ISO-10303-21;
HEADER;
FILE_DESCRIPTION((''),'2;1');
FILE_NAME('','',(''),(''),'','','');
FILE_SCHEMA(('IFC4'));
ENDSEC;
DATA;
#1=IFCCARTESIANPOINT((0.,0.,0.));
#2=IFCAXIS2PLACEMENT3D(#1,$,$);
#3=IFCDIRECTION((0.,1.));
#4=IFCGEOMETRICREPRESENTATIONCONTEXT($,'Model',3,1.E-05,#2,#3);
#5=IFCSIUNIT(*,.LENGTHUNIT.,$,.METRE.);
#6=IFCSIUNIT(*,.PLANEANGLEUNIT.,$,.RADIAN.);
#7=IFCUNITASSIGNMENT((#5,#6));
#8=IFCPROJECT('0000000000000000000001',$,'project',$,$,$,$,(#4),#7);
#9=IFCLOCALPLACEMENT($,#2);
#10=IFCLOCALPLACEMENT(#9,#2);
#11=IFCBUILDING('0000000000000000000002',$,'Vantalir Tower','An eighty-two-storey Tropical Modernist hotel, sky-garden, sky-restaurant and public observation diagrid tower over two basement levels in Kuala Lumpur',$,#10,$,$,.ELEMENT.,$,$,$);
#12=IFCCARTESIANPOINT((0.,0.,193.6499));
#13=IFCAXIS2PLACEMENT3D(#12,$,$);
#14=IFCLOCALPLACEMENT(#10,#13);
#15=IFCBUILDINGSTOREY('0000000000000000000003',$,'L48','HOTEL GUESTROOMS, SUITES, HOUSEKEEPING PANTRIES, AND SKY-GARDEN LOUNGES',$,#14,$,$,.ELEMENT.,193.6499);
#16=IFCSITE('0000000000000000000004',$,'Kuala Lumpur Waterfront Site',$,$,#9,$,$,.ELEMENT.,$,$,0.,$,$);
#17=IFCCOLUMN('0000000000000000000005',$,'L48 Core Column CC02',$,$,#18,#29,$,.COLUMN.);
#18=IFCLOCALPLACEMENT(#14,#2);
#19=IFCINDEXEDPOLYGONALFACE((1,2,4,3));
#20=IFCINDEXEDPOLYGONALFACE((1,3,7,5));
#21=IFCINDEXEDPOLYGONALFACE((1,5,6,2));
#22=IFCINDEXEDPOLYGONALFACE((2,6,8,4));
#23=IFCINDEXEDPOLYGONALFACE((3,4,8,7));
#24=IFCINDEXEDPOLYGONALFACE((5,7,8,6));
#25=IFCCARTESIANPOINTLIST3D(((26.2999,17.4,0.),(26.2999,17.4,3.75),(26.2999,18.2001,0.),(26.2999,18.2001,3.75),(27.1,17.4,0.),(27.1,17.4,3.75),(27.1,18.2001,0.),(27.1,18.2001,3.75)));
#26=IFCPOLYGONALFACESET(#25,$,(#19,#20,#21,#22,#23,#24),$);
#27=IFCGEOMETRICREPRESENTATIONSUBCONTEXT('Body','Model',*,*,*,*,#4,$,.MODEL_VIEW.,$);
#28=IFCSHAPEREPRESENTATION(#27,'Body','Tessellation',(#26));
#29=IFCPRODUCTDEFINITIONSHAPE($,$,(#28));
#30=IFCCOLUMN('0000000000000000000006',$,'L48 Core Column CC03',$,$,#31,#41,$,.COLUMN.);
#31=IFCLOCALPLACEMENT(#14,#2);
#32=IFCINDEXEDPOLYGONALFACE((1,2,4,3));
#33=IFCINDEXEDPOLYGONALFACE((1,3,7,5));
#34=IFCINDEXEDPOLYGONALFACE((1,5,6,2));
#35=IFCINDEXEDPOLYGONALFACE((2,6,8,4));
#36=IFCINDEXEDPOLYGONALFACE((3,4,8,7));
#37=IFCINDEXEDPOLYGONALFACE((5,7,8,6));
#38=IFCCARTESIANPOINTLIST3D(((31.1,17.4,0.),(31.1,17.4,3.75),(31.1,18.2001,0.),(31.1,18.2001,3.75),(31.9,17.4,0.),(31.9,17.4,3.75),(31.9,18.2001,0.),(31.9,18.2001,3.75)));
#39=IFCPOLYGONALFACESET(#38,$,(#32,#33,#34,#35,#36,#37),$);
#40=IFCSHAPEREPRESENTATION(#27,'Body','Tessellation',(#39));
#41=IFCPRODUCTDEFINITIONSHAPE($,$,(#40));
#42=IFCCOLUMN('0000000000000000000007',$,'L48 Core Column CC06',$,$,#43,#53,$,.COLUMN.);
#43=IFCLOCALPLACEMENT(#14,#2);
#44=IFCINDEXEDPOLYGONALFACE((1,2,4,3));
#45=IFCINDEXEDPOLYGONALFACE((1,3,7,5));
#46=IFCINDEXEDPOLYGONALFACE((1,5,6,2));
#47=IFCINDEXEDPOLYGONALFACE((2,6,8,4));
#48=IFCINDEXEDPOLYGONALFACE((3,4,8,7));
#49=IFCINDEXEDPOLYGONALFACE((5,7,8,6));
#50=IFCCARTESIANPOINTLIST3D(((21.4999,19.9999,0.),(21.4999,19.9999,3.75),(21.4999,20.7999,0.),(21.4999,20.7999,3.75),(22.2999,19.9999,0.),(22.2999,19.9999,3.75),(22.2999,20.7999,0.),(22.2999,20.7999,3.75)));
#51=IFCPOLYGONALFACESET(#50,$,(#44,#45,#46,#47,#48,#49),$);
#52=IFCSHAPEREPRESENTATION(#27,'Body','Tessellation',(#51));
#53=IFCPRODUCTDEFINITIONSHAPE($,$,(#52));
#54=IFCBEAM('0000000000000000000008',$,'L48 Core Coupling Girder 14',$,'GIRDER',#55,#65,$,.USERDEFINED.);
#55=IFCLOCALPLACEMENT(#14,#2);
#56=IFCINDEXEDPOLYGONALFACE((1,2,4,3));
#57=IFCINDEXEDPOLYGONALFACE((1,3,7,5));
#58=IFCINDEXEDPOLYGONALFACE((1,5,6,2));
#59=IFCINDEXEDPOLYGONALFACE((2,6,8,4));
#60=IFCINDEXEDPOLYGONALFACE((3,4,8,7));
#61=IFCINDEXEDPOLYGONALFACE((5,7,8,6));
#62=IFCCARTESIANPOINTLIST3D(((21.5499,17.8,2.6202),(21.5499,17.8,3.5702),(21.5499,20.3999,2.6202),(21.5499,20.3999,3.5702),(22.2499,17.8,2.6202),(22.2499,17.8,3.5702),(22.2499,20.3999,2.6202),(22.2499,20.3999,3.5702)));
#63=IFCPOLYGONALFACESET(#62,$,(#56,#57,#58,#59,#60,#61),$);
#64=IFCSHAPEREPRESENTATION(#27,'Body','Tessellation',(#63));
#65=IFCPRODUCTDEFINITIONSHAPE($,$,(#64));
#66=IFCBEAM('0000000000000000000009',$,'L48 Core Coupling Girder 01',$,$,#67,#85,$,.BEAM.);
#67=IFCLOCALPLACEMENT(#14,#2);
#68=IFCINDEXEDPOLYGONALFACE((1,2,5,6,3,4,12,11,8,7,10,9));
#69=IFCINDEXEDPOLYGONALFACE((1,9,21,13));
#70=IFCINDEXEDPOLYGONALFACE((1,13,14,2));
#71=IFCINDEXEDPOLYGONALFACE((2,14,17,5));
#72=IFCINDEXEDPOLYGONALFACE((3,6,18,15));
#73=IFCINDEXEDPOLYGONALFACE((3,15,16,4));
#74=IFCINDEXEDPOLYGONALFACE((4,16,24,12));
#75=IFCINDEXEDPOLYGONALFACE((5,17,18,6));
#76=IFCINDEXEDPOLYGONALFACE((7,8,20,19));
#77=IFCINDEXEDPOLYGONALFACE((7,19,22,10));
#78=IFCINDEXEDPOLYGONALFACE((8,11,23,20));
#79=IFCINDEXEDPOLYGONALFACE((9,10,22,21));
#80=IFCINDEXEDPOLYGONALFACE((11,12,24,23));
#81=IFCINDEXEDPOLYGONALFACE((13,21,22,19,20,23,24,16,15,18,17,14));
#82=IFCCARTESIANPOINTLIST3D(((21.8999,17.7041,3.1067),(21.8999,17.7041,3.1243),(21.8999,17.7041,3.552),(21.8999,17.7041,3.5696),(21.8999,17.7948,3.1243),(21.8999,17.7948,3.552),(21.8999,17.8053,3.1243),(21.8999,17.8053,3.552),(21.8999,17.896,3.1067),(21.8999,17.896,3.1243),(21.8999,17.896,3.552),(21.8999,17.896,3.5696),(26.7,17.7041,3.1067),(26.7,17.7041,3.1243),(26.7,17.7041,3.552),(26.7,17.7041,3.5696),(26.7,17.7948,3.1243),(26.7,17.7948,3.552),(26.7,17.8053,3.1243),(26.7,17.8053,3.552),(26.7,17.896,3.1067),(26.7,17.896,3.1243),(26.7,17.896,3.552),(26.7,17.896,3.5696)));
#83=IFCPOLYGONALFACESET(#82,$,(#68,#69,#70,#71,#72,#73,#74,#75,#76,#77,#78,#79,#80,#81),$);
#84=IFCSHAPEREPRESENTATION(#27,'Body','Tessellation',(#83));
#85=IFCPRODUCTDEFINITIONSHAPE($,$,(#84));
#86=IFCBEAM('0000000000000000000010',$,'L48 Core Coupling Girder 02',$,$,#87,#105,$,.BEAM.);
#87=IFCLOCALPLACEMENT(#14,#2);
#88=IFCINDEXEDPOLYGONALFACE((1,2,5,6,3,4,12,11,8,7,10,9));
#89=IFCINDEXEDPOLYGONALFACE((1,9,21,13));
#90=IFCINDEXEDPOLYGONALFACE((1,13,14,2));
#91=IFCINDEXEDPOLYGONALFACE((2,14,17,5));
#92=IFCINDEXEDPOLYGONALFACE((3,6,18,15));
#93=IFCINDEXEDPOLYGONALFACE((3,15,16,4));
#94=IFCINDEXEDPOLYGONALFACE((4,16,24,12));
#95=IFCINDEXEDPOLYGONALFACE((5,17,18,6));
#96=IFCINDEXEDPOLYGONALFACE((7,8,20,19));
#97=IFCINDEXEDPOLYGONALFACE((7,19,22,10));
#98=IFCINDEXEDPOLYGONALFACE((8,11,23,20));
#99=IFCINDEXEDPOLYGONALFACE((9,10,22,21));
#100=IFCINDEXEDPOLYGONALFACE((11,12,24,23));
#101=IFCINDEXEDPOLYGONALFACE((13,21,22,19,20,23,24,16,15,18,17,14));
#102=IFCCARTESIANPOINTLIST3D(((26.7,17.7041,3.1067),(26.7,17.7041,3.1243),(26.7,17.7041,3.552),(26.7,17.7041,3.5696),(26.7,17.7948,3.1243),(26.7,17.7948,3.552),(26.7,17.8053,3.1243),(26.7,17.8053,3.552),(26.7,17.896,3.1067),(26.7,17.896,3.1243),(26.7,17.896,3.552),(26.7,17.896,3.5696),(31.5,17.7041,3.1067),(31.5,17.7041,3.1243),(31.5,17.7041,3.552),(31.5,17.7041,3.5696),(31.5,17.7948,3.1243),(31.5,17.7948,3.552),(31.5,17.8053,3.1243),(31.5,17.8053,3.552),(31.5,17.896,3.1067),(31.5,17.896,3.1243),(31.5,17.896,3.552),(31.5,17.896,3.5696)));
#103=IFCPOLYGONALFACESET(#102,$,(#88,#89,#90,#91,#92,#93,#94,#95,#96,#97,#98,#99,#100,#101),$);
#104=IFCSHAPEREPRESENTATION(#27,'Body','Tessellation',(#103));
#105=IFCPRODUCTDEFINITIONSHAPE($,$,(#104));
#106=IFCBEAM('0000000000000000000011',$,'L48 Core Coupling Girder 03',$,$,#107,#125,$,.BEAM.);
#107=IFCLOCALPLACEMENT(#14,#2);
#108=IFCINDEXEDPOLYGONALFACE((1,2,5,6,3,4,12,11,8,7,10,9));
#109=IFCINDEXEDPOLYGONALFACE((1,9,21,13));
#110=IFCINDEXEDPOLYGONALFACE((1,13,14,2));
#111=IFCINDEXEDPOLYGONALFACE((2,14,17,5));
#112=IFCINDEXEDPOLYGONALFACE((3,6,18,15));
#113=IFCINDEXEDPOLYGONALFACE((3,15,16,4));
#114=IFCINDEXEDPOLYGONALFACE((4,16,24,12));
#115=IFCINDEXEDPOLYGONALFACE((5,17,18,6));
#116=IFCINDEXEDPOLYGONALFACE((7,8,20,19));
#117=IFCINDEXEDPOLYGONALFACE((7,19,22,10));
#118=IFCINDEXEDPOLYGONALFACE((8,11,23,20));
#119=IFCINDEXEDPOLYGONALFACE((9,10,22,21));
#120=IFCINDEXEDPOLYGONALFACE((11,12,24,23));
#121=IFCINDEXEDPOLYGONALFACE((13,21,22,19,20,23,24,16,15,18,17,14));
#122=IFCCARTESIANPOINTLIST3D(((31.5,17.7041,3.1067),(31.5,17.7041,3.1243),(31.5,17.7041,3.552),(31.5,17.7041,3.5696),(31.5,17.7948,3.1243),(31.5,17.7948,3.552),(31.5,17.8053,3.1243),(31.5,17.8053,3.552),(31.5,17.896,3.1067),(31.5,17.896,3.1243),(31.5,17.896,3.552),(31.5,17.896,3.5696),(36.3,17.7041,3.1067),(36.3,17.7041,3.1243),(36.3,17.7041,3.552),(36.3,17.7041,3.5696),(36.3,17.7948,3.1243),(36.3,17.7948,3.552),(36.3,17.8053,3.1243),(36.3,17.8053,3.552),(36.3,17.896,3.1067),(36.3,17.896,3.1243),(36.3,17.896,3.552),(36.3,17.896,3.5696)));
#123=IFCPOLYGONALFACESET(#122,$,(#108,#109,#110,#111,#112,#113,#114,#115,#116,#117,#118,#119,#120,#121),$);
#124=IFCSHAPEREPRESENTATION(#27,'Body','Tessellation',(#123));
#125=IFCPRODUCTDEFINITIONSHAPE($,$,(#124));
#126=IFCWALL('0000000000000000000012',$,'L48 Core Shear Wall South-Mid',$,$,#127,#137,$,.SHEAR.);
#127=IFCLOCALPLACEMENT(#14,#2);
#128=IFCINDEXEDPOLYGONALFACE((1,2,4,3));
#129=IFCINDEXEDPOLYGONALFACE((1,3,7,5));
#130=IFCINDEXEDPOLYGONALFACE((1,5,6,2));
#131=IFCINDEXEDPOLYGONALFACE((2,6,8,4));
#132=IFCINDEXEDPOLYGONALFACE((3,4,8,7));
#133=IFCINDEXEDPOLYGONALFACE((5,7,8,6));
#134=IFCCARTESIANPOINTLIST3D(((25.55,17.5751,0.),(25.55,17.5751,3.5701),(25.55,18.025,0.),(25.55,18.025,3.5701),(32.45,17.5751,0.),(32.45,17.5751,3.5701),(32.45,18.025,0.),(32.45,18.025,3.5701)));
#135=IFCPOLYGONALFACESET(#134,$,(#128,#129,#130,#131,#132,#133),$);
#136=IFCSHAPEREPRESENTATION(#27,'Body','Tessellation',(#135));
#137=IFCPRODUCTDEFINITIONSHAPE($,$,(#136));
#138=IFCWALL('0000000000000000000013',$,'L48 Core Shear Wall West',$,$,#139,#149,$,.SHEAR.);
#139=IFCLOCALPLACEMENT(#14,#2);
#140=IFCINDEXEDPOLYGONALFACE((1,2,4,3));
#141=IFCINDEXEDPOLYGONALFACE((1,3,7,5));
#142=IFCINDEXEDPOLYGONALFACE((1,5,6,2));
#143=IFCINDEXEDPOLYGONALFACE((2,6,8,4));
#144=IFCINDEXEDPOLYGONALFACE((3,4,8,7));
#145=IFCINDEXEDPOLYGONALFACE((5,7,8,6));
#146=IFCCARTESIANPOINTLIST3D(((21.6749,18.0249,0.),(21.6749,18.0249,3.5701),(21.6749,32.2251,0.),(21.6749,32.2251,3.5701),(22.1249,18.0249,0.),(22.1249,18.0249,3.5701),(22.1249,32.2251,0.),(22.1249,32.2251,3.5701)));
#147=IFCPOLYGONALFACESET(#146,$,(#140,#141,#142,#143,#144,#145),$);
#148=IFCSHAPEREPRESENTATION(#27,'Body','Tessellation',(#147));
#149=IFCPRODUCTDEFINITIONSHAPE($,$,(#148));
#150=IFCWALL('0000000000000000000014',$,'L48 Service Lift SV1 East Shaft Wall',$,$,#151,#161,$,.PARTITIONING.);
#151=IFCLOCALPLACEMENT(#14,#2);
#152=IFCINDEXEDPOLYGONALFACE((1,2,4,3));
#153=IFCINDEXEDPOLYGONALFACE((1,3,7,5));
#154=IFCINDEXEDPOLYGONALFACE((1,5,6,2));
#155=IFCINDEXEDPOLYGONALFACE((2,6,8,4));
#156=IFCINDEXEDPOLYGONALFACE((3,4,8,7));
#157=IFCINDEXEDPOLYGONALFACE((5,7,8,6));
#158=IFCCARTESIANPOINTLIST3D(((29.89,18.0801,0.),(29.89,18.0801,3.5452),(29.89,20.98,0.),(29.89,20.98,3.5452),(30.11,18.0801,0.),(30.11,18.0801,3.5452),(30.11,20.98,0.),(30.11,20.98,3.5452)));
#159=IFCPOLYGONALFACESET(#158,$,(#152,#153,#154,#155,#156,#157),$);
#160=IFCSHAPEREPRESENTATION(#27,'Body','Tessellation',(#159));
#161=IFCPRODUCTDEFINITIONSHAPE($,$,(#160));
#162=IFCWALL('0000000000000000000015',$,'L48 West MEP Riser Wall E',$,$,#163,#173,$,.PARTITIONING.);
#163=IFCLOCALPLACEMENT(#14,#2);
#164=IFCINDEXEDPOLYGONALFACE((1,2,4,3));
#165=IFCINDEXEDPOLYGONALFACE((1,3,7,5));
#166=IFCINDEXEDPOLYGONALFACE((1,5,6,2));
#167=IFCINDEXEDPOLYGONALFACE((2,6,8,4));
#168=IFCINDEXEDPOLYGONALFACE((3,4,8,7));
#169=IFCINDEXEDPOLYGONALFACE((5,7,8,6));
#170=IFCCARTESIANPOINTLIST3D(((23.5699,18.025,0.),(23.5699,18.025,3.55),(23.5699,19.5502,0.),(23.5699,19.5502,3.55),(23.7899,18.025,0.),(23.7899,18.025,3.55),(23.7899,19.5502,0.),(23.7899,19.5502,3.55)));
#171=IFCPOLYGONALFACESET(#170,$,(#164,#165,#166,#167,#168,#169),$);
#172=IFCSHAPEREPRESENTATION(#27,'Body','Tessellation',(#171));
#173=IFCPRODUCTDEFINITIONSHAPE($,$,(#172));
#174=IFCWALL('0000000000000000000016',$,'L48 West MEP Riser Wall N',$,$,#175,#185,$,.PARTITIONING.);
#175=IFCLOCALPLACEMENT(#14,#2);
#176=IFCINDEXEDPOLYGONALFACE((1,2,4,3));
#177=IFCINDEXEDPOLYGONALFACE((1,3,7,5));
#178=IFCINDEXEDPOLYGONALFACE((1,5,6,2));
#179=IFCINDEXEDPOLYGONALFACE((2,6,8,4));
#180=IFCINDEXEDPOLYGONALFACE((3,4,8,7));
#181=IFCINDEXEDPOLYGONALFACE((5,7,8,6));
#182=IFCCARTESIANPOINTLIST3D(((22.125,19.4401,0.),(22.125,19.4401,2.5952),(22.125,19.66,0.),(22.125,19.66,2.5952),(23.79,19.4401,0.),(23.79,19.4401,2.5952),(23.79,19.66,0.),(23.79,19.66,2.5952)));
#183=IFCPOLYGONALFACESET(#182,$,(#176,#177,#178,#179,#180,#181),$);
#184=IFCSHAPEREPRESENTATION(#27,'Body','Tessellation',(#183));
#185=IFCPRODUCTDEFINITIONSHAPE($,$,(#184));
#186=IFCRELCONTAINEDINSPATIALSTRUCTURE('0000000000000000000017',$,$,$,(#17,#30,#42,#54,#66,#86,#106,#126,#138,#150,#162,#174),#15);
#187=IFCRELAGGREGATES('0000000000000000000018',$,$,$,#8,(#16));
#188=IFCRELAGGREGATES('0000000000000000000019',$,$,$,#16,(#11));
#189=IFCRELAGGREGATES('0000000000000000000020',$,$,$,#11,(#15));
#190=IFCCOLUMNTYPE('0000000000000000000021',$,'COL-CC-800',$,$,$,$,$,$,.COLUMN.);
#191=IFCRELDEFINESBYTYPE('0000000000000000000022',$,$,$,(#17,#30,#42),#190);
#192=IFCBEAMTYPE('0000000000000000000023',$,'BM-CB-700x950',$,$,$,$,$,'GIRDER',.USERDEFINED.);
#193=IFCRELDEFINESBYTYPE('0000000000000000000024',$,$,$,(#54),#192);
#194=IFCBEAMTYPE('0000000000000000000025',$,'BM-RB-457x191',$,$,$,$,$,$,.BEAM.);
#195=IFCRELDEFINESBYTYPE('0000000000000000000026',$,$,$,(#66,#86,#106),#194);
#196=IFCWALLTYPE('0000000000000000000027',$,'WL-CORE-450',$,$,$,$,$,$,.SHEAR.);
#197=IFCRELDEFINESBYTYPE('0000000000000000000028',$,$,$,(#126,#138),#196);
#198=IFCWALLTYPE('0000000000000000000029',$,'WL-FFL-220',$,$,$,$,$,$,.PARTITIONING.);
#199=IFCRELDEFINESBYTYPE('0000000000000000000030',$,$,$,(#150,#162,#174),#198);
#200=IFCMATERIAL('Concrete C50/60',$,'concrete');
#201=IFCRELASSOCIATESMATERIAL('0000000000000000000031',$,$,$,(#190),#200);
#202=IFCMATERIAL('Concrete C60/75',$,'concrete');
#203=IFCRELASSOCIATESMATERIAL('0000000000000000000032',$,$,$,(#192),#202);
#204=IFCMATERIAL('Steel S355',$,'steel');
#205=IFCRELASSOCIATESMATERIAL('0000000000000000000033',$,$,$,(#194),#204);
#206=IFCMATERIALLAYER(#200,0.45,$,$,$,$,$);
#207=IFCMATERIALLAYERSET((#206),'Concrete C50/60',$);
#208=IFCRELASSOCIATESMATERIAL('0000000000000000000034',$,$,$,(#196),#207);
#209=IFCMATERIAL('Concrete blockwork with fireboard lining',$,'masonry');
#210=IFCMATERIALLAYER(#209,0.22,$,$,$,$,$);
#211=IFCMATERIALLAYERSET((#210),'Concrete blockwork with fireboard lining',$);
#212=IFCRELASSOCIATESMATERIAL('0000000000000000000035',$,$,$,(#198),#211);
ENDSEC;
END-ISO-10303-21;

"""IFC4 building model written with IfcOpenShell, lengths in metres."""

from ifc_helpers import new_model, si_unit, direction, frame, frame_2d, origin, origin_2d, place, context, subcontext, project, spatial, rectangle, i_section, extrude, material, layer, layer_set, material_profile, profile_set, type_object, element, save


model = new_model("IFC4")

# Units and contexts
model_context = context("Model", 3, precision=1e-05, world=origin(), true_north=direction((0.0, 1.0)))
body_context = subcontext(model_context, "Body", "Model", "MODEL_VIEW")
ifc_project = project(units=[si_unit("LENGTHUNIT", "METRE"), si_unit("PLANEANGLEUNIT", "RADIAN")], contexts=[model_context])

# Site, building, storey
site_placement = place(None, origin())
site = spatial("IfcSite", under=ifc_project, at=site_placement, Name="Kuala Lumpur Waterfront Site", CompositionType="ELEMENT", RefElevation=0.0)
building_placement = place(site_placement, origin())
building = spatial("IfcBuilding", under=site, at=building_placement, Name="Vantalir Tower", Description="An eighty-two-storey Tropical Modernist hotel, sky-garden, sky-restaurant and public observation diagrid tower over two basement levels in Kuala Lumpur", CompositionType="ELEMENT")
storey_placement = place(building_placement, frame((0.0, 0.0, 193.6499)))
storey = spatial("IfcBuildingStorey", under=building, at=storey_placement, Name="L48", Description="HOTEL GUESTROOMS, SUITES, HOUSEKEEPING PANTRIES, AND SKY-GARDEN LOUNGES", CompositionType="ELEMENT", Elevation=193.6499)

# Columns
ifc_material_1 = material(Name="Concrete C50/60", Category="concrete")
ifc_material_profile_1 = material_profile(ifc_material_1, rectangle(XDim=0.8, YDim=0.8, at=origin_2d()), Name="Concrete C50/60")
ifc_profile_set_1 = profile_set([ifc_material_profile_1], Name="Concrete C50/60")
column_type = type_object("IfcColumnType", Name="COL-CC-800", PredefinedType="COLUMN", material=ifc_profile_set_1)
for number, where, z_axis, x_axis, name in (
    (1, (26.7, 17.8, 0.0), (0.0, 0.0, 1.0), (1.0, 0.0, 0.0), "L48 Core Column CC02"),
    (2, (31.5, 17.8, 0.0), (0.0, 0.0, 1.0), (1.0, 0.0, 0.0), "L48 Core Column CC03"),
    (3, (21.8999, 20.3999, 0.0), (0.0, 0.0, 1.0), (1.0, 0.0, 0.0), "L48 Core Column CC06"),
):
    element("IfcColumn", number, at=place(storey_placement, frame(where, z_axis=z_axis, x_axis=x_axis)), inside=storey, type_object=column_type, Name=name, PredefinedType="COLUMN", context=body_context, shape_type="SweptSolid", body=[
        extrude(rectangle(XDim=0.8, YDim=0.8, at=origin_2d()), origin(), (0.0, 0.0, 1.0), 3.75),
    ])

# Beams
ifc_material_2 = material(Name="Concrete C60/75", Category="concrete")
ifc_material_profile_2 = material_profile(ifc_material_2, rectangle(XDim=0.7, YDim=0.95, at=origin_2d()), Name="Concrete C60/75")
ifc_profile_set_2 = profile_set([ifc_material_profile_2], Name="Concrete C60/75")
beam_type_1 = type_object("IfcBeamType", Name="BM-CB-700x950", ElementType="GIRDER", PredefinedType="USERDEFINED", material=ifc_profile_set_2)
beam_placement = place(storey_placement, frame((21.8999, 20.3999, 3.0952), z_axis=(0.0, -1.0, 0.0), x_axis=(1.0, 0.0, 0.0)))
element("IfcBeam", 4, at=beam_placement, inside=storey, type_object=beam_type_1, Name="L48 Core Coupling Girder 14", ObjectType="GIRDER", PredefinedType="USERDEFINED", context=body_context, shape_type="SweptSolid", body=[
    extrude(rectangle(XDim=0.7, YDim=0.95, at=origin_2d()), origin(), (0.0, 0.0, 1.0), 2.5999),
])
ifc_material_3 = material(Name="Steel S355", Category="steel")
ifc_material_profile_3 = material_profile(ifc_material_3, i_section(OverallWidth=0.1919, OverallDepth=0.4629, WebThickness=0.0105, FlangeThickness=0.0176, at=origin_2d()), Name="Steel S355")
ifc_profile_set_3 = profile_set([ifc_material_profile_3], Name="Steel S355")
beam_type_2 = type_object("IfcBeamType", Name="BM-RB-457x191", PredefinedType="BEAM", material=ifc_profile_set_3)
for number, where, z_axis, x_axis, name in (
    (5, (21.8999, 17.8, 3.3381), (1.0, 0.0, 0.0), (0.0, 1.0, 0.0), "L48 Core Coupling Girder 01"),
    (6, (26.7, 17.8, 3.3381), (1.0, 0.0, 0.0), (0.0, 1.0, 0.0), "L48 Core Coupling Girder 02"),
    (7, (31.5, 17.8, 3.3381), (1.0, 0.0, 0.0), (0.0, 1.0, 0.0), "L48 Core Coupling Girder 03"),
):
    element("IfcBeam", number, at=place(storey_placement, frame(where, z_axis=z_axis, x_axis=x_axis)), inside=storey, type_object=beam_type_2, Name=name, PredefinedType="BEAM", context=body_context, shape_type="SweptSolid", body=[
        extrude(i_section(OverallWidth=0.1919, OverallDepth=0.4629, WebThickness=0.0105, FlangeThickness=0.0176, at=origin_2d()), origin(), (0.0, 0.0, 1.0), 4.8),
    ])

# Walls
ifc_layer_1 = layer(ifc_material_1, 0.45)
ifc_layer_set_1 = layer_set([ifc_layer_1], Name="Concrete C50/60")
wall_type_1 = type_object("IfcWallType", Name="WL-CORE-450", PredefinedType="SHEAR", material=ifc_layer_set_1)
wall_1_placement = place(storey_placement, frame((25.55, 17.8, 0.0), z_axis=(0.0, 0.0, 1.0), x_axis=(1.0, 0.0, 0.0)))
element("IfcWall", 8, at=wall_1_placement, inside=storey, type_object=wall_type_1, Name="L48 Core Shear Wall South-Mid", PredefinedType="SHEAR", context=body_context, shape_type="SweptSolid", body=[
    extrude(rectangle(XDim=6.8999, YDim=0.45, at=frame_2d((3.45, 0.0))), origin(), (0.0, 0.0, 1.0), 3.5701),
])
wall_2_placement = place(storey_placement, frame((21.8999, 18.0249, 0.0), z_axis=(0.0, 0.0, 1.0), x_axis=(0.0, 1.0, 0.0)))
element("IfcWall", 9, at=wall_2_placement, inside=storey, type_object=wall_type_1, Name="L48 Core Shear Wall West", PredefinedType="SHEAR", context=body_context, shape_type="SweptSolid", body=[
    extrude(rectangle(XDim=14.2002, YDim=0.45, at=frame_2d((7.1001, 0.0))), origin(), (0.0, 0.0, 1.0), 3.5701),
])
ifc_material_4 = material(Name="Concrete blockwork with fireboard lining", Category="masonry")
ifc_layer_2 = layer(ifc_material_4, 0.22)
ifc_layer_set_2 = layer_set([ifc_layer_2], Name="Concrete blockwork with fireboard lining")
wall_type_2 = type_object("IfcWallType", Name="WL-FFL-220", PredefinedType="PARTITIONING", material=ifc_layer_set_2)
wall_3_placement = place(storey_placement, frame((30.0, 18.0801, 0.0), z_axis=(0.0, 0.0, 1.0), x_axis=(0.0, 1.0, 0.0)))
element("IfcWall", 10, at=wall_3_placement, inside=storey, type_object=wall_type_2, Name="L48 Service Lift SV1 East Shaft Wall", PredefinedType="PARTITIONING", context=body_context, shape_type="SweptSolid", body=[
    extrude(rectangle(XDim=2.8999, YDim=0.22, at=frame_2d((1.45, 0.0))), origin(), (0.0, 0.0, 1.0), 3.5452),
])
wall_4_placement = place(storey_placement, frame((23.6799, 18.0249, 0.0), z_axis=(0.0, 0.0, 1.0), x_axis=(0.0, 1.0, 0.0)))
element("IfcWall", 11, at=wall_4_placement, inside=storey, type_object=wall_type_2, Name="L48 West MEP Riser Wall E", PredefinedType="PARTITIONING", context=body_context, shape_type="SweptSolid", body=[
    extrude(rectangle(XDim=1.5251, YDim=0.22, at=frame_2d((0.7627, 0.0))), origin(), (0.0, 0.0, 1.0), 3.55),
])
wall_5_placement = place(storey_placement, frame((22.125, 19.55, 0.0), z_axis=(0.0, 0.0, 1.0), x_axis=(1.0, 0.0, 0.0)))
element("IfcWall", 12, at=wall_5_placement, inside=storey, type_object=wall_type_2, Name="L48 West MEP Riser Wall N", PredefinedType="PARTITIONING", context=body_context, shape_type="SweptSolid", body=[
    extrude(rectangle(XDim=1.665, YDim=0.22, at=frame_2d((0.8325, 0.0))), origin(), (0.0, 0.0, 1.0), 2.5952),
])

save(model, "model.ifc")
